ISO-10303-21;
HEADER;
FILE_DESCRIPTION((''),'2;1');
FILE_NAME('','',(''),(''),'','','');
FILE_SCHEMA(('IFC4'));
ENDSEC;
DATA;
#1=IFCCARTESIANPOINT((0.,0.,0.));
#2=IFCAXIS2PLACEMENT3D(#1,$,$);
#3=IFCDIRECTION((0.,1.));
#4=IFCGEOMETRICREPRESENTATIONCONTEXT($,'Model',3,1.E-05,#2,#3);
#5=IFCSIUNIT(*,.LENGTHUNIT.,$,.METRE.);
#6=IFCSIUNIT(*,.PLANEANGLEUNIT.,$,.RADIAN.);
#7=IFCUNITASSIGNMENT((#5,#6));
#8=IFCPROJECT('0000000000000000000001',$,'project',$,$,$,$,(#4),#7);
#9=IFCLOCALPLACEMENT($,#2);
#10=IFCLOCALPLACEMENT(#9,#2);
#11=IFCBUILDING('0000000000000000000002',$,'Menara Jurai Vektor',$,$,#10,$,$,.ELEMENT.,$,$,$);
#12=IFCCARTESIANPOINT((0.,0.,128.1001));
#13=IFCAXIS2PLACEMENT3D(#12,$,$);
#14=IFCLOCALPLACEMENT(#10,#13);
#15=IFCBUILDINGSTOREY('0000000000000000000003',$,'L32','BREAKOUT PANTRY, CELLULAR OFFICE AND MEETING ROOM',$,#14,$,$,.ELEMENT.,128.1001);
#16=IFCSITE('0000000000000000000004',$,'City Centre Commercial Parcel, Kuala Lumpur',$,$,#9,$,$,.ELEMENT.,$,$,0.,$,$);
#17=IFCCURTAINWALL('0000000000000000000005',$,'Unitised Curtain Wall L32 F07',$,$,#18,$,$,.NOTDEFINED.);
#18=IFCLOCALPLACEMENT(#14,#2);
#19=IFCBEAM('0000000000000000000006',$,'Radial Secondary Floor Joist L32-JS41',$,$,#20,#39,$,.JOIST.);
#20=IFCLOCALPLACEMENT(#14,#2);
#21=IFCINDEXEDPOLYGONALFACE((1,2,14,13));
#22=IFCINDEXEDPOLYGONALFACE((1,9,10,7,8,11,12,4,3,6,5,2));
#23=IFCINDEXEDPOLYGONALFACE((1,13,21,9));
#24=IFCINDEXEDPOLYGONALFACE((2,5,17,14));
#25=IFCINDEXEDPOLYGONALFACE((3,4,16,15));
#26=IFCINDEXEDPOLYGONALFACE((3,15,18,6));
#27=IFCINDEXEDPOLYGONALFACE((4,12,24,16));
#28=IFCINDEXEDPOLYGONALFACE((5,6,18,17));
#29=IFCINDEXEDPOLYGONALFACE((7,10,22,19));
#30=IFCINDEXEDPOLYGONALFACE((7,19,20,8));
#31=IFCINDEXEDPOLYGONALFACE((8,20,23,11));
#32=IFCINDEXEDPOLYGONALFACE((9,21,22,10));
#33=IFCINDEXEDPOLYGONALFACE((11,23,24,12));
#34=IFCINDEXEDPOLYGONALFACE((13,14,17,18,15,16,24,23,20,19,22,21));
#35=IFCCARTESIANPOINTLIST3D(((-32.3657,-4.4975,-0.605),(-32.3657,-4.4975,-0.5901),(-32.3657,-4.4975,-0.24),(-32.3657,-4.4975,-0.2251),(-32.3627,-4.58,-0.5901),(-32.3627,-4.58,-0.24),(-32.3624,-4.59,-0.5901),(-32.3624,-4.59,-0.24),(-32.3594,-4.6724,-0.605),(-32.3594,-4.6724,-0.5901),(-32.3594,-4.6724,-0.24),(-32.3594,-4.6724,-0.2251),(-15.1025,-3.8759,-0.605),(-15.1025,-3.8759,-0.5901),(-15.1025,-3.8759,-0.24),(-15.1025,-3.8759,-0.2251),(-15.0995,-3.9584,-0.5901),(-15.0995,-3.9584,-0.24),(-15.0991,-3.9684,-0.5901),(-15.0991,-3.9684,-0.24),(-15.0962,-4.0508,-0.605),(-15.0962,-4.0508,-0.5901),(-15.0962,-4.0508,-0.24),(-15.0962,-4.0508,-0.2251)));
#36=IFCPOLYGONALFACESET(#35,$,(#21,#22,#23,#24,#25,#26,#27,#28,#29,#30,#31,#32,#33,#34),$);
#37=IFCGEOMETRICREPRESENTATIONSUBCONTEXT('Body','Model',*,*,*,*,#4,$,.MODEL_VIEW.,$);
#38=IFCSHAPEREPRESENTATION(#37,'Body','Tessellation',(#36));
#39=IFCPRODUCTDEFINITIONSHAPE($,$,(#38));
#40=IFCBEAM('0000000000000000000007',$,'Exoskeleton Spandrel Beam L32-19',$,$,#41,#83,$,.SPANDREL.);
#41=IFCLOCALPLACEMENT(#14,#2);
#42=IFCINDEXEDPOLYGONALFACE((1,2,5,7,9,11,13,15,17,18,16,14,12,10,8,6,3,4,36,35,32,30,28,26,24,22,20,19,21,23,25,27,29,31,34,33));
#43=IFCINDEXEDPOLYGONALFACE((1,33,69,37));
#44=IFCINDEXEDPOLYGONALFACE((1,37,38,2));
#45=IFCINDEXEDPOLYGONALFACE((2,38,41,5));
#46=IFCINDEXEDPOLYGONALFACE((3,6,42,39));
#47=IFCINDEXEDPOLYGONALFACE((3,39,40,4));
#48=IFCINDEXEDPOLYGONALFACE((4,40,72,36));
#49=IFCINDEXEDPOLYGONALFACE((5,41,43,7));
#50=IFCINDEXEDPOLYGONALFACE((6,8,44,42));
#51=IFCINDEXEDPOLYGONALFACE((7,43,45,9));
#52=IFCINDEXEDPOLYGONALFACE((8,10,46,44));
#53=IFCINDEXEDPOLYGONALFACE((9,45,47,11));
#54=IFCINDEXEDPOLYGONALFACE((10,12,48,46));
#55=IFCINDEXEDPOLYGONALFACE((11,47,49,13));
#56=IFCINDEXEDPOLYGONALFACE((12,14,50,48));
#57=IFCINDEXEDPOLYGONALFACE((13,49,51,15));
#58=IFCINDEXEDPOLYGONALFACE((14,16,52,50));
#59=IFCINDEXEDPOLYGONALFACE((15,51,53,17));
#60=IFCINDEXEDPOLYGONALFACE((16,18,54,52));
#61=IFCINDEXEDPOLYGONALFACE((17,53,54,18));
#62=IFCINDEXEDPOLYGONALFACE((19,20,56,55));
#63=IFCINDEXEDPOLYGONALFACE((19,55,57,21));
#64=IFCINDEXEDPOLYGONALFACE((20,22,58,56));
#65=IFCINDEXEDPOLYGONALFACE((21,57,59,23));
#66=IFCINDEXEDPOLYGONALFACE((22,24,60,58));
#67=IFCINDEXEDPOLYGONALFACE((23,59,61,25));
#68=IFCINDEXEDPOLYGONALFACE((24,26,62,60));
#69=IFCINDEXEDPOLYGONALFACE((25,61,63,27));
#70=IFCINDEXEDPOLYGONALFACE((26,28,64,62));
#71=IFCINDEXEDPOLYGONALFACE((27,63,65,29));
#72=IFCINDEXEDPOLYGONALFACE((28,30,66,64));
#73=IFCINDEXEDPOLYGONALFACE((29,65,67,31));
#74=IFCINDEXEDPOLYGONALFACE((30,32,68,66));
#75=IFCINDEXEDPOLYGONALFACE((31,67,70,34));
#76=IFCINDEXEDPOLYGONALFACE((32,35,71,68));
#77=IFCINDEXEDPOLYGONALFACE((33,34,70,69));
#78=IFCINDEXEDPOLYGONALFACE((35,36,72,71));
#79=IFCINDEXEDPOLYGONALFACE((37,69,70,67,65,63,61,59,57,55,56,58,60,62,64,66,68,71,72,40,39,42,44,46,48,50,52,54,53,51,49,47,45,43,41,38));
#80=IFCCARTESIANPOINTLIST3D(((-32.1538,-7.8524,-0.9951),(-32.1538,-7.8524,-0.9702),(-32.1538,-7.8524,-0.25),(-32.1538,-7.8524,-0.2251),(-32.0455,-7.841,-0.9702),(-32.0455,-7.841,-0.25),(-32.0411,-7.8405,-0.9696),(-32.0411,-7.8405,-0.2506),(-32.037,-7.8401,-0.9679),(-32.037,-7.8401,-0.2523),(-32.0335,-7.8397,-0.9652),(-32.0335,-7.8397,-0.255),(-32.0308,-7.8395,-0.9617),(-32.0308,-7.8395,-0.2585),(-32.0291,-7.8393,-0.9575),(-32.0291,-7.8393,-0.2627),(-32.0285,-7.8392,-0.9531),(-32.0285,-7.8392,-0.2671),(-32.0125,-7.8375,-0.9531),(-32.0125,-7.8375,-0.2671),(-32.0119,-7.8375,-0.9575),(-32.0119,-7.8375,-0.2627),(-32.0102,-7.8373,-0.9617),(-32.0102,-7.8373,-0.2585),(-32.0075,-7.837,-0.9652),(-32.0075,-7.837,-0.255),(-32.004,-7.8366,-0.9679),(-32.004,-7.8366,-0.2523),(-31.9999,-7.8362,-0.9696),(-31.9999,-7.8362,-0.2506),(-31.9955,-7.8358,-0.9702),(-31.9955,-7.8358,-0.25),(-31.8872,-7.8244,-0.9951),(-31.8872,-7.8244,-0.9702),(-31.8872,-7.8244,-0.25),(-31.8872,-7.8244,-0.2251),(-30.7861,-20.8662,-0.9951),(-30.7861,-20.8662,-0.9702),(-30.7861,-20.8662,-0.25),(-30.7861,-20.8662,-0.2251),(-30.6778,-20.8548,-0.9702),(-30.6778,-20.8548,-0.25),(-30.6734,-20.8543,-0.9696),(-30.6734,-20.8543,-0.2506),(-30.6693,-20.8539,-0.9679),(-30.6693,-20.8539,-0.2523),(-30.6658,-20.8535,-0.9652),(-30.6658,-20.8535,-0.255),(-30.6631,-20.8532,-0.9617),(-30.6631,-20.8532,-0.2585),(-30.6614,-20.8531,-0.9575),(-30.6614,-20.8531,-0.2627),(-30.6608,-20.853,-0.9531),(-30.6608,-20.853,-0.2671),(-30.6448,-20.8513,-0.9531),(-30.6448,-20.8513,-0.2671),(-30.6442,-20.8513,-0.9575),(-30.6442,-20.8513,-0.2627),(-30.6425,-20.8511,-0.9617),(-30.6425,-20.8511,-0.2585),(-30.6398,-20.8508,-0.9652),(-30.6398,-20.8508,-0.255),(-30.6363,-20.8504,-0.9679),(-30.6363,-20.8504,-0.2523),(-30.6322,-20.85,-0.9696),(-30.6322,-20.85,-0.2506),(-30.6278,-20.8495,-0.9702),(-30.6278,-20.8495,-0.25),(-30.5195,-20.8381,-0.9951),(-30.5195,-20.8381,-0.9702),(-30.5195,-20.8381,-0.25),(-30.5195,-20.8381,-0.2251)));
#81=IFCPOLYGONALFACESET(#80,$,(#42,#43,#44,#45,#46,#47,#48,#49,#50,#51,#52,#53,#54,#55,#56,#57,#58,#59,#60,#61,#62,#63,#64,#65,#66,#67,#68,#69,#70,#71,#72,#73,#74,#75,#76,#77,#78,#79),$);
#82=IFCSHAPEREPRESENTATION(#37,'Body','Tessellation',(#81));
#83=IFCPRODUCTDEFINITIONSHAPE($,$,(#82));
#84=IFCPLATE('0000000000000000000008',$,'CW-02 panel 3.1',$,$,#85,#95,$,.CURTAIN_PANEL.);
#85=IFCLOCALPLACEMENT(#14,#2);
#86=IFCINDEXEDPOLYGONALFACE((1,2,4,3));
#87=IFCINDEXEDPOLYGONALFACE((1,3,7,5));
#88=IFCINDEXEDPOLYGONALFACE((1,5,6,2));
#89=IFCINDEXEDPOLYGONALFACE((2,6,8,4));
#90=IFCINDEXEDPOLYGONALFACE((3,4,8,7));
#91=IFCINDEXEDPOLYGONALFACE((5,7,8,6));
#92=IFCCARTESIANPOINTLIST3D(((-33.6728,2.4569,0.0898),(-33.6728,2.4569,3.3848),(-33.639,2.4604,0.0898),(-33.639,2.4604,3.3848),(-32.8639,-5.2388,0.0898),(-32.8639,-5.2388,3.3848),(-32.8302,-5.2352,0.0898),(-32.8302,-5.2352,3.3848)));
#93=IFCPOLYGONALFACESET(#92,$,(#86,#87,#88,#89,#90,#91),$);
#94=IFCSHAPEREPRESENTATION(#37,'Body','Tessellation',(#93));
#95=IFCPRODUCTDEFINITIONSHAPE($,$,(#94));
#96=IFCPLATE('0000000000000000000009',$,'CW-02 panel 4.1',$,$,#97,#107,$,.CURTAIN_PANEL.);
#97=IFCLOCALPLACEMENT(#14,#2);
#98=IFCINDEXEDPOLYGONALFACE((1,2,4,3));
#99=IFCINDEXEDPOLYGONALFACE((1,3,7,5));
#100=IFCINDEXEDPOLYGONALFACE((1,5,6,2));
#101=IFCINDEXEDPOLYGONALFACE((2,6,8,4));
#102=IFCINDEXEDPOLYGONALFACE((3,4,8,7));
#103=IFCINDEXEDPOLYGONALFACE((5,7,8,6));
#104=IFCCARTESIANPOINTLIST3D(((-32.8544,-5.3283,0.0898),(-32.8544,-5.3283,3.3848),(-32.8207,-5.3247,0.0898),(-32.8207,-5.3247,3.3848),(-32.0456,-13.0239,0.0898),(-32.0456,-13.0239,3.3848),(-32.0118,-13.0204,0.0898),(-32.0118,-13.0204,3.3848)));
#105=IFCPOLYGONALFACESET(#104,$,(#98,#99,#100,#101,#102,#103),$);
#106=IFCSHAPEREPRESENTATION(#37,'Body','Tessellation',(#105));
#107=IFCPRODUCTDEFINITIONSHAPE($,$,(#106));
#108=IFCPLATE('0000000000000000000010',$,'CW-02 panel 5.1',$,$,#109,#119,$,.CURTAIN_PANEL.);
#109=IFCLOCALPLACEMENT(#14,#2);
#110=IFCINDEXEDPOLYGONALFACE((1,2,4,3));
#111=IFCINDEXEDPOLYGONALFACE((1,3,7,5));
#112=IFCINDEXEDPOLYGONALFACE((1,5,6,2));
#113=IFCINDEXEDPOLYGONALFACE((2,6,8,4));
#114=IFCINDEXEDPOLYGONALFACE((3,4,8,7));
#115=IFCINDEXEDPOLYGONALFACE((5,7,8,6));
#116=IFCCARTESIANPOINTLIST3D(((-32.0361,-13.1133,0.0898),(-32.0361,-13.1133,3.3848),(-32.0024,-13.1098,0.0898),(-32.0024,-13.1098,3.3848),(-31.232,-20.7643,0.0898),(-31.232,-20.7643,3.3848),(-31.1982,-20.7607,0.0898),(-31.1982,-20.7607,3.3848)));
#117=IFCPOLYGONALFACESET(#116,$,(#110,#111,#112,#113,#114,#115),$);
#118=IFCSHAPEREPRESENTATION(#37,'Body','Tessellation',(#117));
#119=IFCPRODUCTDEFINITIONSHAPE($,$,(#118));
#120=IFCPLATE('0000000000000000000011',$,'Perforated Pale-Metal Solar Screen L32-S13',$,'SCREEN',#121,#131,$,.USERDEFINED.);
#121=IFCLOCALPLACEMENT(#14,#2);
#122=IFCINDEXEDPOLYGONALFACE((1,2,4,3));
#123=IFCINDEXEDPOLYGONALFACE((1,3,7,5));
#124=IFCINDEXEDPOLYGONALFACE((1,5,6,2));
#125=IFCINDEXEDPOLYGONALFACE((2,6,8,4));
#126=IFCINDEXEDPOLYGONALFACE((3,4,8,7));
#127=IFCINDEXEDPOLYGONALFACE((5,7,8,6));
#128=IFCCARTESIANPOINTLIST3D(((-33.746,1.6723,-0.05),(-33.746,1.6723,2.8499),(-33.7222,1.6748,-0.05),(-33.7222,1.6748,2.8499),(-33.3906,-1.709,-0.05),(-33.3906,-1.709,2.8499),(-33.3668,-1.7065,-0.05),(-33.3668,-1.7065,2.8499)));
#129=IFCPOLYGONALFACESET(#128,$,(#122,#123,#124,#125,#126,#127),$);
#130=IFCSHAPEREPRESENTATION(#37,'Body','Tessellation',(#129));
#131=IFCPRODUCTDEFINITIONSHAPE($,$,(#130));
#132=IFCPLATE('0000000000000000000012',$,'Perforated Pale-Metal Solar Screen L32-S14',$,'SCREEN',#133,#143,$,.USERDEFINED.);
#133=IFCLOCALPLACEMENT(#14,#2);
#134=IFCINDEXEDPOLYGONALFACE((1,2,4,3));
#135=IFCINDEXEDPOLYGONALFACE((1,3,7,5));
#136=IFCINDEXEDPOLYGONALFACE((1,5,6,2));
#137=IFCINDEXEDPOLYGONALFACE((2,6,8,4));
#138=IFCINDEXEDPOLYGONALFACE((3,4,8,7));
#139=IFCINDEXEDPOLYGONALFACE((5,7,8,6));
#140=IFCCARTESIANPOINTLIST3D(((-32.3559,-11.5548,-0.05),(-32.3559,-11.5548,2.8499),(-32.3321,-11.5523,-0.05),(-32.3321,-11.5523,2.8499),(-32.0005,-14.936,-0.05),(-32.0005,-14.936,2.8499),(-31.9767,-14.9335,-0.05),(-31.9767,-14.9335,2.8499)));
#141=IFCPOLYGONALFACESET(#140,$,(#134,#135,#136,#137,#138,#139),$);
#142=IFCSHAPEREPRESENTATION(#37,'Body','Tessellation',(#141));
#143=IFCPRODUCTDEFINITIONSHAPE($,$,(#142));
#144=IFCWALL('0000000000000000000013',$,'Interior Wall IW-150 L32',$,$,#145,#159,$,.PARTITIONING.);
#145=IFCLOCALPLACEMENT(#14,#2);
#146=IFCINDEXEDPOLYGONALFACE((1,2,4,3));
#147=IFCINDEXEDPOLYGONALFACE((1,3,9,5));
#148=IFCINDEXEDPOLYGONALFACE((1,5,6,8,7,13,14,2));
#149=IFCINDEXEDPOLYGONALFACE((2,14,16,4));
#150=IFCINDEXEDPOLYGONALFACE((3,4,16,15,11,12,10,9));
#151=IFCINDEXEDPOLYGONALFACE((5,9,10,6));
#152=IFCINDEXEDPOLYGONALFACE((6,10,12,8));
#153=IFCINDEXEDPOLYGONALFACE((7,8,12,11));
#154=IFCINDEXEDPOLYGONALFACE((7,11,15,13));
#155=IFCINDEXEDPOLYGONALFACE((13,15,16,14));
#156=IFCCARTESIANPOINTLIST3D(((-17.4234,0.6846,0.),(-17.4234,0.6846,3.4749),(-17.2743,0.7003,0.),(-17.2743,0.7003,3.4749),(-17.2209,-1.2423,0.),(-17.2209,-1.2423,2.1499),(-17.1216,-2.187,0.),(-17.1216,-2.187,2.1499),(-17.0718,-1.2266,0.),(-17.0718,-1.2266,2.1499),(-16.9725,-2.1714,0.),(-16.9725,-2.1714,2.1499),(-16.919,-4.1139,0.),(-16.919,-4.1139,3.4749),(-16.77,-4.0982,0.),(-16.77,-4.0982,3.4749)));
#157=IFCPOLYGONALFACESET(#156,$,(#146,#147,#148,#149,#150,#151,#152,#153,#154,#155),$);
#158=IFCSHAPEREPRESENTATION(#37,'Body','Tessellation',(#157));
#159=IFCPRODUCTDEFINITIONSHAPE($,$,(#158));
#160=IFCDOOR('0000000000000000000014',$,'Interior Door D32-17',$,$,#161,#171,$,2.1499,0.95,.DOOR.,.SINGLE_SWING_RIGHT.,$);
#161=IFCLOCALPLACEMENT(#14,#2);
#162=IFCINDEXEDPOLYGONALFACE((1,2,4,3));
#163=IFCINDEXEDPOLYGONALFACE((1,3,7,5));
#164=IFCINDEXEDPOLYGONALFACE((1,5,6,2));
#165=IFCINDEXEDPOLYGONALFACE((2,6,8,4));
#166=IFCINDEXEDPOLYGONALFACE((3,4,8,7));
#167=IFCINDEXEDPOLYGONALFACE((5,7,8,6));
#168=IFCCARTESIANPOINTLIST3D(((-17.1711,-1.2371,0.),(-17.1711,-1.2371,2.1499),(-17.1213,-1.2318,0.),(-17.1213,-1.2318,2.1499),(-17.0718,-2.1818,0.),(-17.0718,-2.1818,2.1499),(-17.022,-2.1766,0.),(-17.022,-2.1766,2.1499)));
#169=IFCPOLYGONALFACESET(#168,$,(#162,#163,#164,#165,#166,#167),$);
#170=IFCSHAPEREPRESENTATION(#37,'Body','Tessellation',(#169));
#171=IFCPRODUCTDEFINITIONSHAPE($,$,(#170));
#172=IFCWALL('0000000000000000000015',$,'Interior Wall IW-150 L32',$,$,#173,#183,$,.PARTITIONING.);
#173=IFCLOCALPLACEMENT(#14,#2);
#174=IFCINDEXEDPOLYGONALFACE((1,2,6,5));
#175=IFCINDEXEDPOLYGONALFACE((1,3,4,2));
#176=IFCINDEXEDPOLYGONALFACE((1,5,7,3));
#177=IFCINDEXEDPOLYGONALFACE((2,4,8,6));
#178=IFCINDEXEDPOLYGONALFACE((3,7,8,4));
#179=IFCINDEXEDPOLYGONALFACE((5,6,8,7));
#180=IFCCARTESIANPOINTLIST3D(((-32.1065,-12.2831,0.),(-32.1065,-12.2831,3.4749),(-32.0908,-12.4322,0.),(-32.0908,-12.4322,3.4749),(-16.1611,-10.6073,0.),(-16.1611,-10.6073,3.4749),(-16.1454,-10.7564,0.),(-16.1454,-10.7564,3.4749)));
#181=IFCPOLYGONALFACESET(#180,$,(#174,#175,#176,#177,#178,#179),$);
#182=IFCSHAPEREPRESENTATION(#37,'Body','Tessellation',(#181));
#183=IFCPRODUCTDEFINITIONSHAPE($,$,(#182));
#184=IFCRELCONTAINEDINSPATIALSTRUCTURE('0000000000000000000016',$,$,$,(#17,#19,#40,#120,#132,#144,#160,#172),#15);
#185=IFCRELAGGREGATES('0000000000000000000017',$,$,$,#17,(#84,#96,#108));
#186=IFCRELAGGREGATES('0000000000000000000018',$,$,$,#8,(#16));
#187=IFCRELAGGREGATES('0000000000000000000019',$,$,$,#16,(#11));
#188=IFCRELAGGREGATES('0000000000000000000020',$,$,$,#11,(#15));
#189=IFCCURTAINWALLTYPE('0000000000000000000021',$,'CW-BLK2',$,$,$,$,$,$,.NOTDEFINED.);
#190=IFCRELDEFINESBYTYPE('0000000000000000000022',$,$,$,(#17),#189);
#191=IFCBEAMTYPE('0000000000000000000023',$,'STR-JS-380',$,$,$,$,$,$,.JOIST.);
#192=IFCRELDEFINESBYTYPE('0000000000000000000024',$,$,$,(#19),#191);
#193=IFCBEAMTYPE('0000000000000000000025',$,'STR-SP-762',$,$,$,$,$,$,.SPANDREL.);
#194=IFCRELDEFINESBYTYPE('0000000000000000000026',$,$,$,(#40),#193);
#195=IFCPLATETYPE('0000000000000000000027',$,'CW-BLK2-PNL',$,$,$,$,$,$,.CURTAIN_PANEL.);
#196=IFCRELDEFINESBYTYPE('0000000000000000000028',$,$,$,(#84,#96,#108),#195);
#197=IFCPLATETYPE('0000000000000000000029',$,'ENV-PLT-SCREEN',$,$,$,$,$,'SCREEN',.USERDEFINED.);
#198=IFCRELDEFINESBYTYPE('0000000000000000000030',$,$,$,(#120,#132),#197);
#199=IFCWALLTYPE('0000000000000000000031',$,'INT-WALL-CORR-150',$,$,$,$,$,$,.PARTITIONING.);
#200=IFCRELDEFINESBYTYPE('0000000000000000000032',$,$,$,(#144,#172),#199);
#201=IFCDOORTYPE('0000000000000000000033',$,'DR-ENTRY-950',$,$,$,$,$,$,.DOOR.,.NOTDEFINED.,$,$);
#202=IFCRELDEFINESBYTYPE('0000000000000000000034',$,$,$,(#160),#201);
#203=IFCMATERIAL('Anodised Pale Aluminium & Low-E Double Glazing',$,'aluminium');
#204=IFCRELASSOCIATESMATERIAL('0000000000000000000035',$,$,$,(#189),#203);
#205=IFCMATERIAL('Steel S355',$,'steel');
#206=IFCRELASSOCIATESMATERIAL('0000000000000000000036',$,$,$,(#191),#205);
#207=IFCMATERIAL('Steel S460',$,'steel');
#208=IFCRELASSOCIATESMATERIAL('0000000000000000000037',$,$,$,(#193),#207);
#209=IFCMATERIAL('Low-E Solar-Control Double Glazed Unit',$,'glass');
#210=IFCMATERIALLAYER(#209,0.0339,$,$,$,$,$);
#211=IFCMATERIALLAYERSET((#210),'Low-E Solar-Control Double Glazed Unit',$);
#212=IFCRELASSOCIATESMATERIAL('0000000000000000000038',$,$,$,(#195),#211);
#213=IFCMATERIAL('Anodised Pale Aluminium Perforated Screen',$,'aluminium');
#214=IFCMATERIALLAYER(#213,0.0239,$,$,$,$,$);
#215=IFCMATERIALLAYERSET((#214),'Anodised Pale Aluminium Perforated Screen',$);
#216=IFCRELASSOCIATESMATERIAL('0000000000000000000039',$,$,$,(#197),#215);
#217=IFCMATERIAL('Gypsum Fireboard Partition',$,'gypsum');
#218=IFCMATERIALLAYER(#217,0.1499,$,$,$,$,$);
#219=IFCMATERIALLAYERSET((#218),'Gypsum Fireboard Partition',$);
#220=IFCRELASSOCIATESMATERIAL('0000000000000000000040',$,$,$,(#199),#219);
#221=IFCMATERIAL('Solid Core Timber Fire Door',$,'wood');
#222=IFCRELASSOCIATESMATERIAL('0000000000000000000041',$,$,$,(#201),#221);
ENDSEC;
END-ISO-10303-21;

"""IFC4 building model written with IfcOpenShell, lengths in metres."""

from ifc_helpers import new_model, si_unit, direction, frame, frame_2d, origin, origin_2d, place, context, subcontext, project, spatial, rectangle, i_section, extrude, material, layer, layer_set, material_profile, profile_set, type_object, element, fill, aggregate, save


model = new_model("IFC4")

# Units and contexts
model_context = context("Model", 3, precision=1e-05, world=origin(), true_north=direction((0.0, 1.0)))
body_context = subcontext(model_context, "Body", "Model", "MODEL_VIEW")
ifc_project = project(units=[si_unit("LENGTHUNIT", "METRE"), si_unit("PLANEANGLEUNIT", "RADIAN")], contexts=[model_context])

# Site, building, storey
site_placement = place(None, origin())
site = spatial("IfcSite", under=ifc_project, at=site_placement, Name="City Centre Commercial Parcel, Kuala Lumpur", CompositionType="ELEMENT", RefElevation=0.0)
building_placement = place(site_placement, origin())
building = spatial("IfcBuilding", under=site, at=building_placement, Name="Menara Jurai Vektor", CompositionType="ELEMENT")
storey_placement = place(building_placement, frame((0.0, 0.0, 128.1001)))
storey = spatial("IfcBuildingStorey", under=building, at=storey_placement, Name="L32", Description="BREAKOUT PANTRY, CELLULAR OFFICE AND MEETING ROOM", CompositionType="ELEMENT", Elevation=128.1001)

# Shared definitions
ifc_material_1 = material(Name="Steel S460", Category="steel")

# Curtain wall
ifc_material_2 = material(Name="Anodised Pale Aluminium & Low-E Double Glazing", Category="aluminium")
curtain_wall_type = type_object("IfcCurtainWallType", Name="CW-BLK2", PredefinedType="NOTDEFINED", material=ifc_material_2)
curtain_wall_placement = place(storey_placement, origin())
curtain_wall = element("IfcCurtainWall", 1, at=curtain_wall_placement, inside=storey, type_object=curtain_wall_type, Name="Unitised Curtain Wall L32 F07", PredefinedType="NOTDEFINED")

# Beams
ifc_material_3 = material(Name="Steel S355", Category="steel")
ifc_material_profile_1 = material_profile(ifc_material_3, i_section(OverallWidth=0.175, OverallDepth=0.3799, WebThickness=0.01, FlangeThickness=0.0149, at=origin_2d()), Name="PG 380x175x58")
ifc_profile_set_1 = profile_set([ifc_material_profile_1], Name="Steel S355")
beam_type_1 = type_object("IfcBeamType", Name="STR-JS-380", PredefinedType="JOIST", material=ifc_profile_set_1)
beam_1_placement = place(storey_placement, frame((-32.3625, -4.585, -0.415), z_axis=(0.999352, 0.035983, 0.0), x_axis=(-0.035983, 0.999352, 0.0)))
element("IfcBeam", 2, at=beam_1_placement, inside=storey, type_object=beam_type_1, Name="Radial Secondary Floor Joist L32-JS41", PredefinedType="JOIST", context=body_context, shape_type="SweptSolid", body=[
    extrude(i_section(OverallWidth=0.175, OverallDepth=0.3799, WebThickness=0.01, FlangeThickness=0.0149, at=origin_2d()), origin(), (0.0, 0.0, 1.0), 17.2744),
])
ifc_material_profile_2 = material_profile(ifc_material_1, i_section(OverallWidth=0.2681, OverallDepth=0.77, WebThickness=0.0161, FlangeThickness=0.0249, FilletRadius=0.0171, at=origin_2d()), Name="UKB 762x267x197")
ifc_profile_set_2 = profile_set([ifc_material_profile_2], Name="Steel S460")
beam_type_2 = type_object("IfcBeamType", Name="STR-SP-762", PredefinedType="SPANDREL", material=ifc_profile_set_2)
beam_2_placement = place(storey_placement, frame((-32.0205, -7.8384, -0.6101), z_axis=(0.10452, -0.994523, 0.0), x_axis=(0.994523, 0.10452, 0.0)))
element("IfcBeam", 3, at=beam_2_placement, inside=storey, type_object=beam_type_2, Name="Exoskeleton Spandrel Beam L32-19", PredefinedType="SPANDREL", context=body_context, shape_type="SweptSolid", body=[
    extrude(i_section(OverallWidth=0.2681, OverallDepth=0.77, WebThickness=0.0161, FlangeThickness=0.0249, FilletRadius=0.0171, at=origin_2d()), origin(), (0.0, 0.0, 1.0), 13.0854),
])

# Plates
ifc_material_4 = material(Name="Low-E Solar-Control Double Glazed Unit", Category="glass")
ifc_layer_1 = layer(ifc_material_4, 0.0339)
ifc_layer_set_1 = layer_set([ifc_layer_1], Name="Low-E Solar-Control Double Glazed Unit")
plate_type_1 = type_object("IfcPlateType", Name="CW-BLK2-PNL", PredefinedType="CURTAIN_PANEL", material=ifc_layer_set_1)
plate_1_placement = place(storey_placement, frame((-33.2515, -1.3892, 0.0898), z_axis=(0.0, 0.0, 1.0), x_axis=(0.10453, -0.994522, 0.0)))
plate_1 = element("IfcPlate", 4, at=plate_1_placement, type_object=plate_type_1, Name="CW-02 panel 3.1", PredefinedType="CURTAIN_PANEL", context=body_context, shape_type="SweptSolid", body=[
    extrude(rectangle(XDim=7.738, YDim=0.0339, at=origin_2d()), origin(), (0.0, 0.0, 1.0), 3.2949),
])
plate_2_placement = place(storey_placement, frame((-32.4331, -9.1743, 0.0898), z_axis=(0.0, 0.0, 1.0), x_axis=(0.10453, -0.994522, 0.0)))
plate_2 = element("IfcPlate", 5, at=plate_2_placement, type_object=plate_type_1, Name="CW-02 panel 4.1", PredefinedType="CURTAIN_PANEL", context=body_context, shape_type="SweptSolid", body=[
    extrude(rectangle(XDim=7.738, YDim=0.0339, at=origin_2d()), origin(), (0.0, 0.0, 1.0), 3.2949),
])
plate_3_placement = place(storey_placement, frame((-31.6172, -16.937, 0.0898), z_axis=(0.0, 0.0, 1.0), x_axis=(0.10453, -0.994522, 0.0)))
plate_3 = element("IfcPlate", 6, at=plate_3_placement, type_object=plate_type_1, Name="CW-02 panel 5.1", PredefinedType="CURTAIN_PANEL", context=body_context, shape_type="SweptSolid", body=[
    extrude(rectangle(XDim=7.6931, YDim=0.0339, at=origin_2d()), origin(), (0.0, 0.0, 1.0), 3.2949),
])
aggregate(curtain_wall, [plate_1, plate_2, plate_3])

# Plates
ifc_material_5 = material(Name="Anodised Pale Aluminium Perforated Screen", Category="aluminium")
ifc_layer_2 = layer(ifc_material_5, 0.0239)
ifc_layer_set_2 = layer_set([ifc_layer_2], Name="Anodised Pale Aluminium Perforated Screen")
plate_type_2 = type_object("IfcPlateType", Name="ENV-PLT-SCREEN", ElementType="SCREEN", PredefinedType="USERDEFINED", material=ifc_layer_set_2)
for number, where, z_axis, x_axis, name in (
    (7, (-33.5564, -0.0171, -0.05), (0.0, 0.0, 1.0), (0.104528, -0.994522, 0.0), "Perforated Pale-Metal Solar Screen L32-S13"),
    (8, (-32.1663, -13.2441, -0.05), (0.0, 0.0, 1.0), (0.104528, -0.994522, 0.0), "Perforated Pale-Metal Solar Screen L32-S14"),
):
    element("IfcPlate", number, at=place(storey_placement, frame(where, z_axis=z_axis, x_axis=x_axis)), inside=storey, type_object=plate_type_2, Name=name, ObjectType="SCREEN", PredefinedType="USERDEFINED", context=body_context, shape_type="SweptSolid", body=[
        extrude(rectangle(XDim=3.3999, YDim=0.0239, at=origin_2d()), origin(), (0.0, 0.0, 1.0), 2.8999),
    ])

# Wall, opening, door
ifc_material_6 = material(Name="Gypsum Fireboard Partition", Category="gypsum")
ifc_layer_3 = layer(ifc_material_6, 0.1499)
ifc_layer_set_3 = layer_set([ifc_layer_3], Name="Gypsum Fireboard Partition")
wall_type_1 = type_object("IfcWallType", Name="INT-WALL-CORR-150", PredefinedType="PARTITIONING", material=ifc_layer_set_3)
ifc_material_7 = material(Name="Solid Core Timber Fire Door", Category="wood")
door_type = type_object("IfcDoorType", Name="DR-ENTRY-950", OperationType="NOTDEFINED", PredefinedType="DOOR", material=ifc_material_7)
wall_1_placement = place(storey_placement, frame((-16.8445, -4.1062, 0.0), z_axis=(0.0, 0.0, 1.0), x_axis=(-0.104537, 0.994521, 0.0)))
wall_1 = element("IfcWall", 9, at=wall_1_placement, inside=storey, type_object=wall_type_1, Name="Interior Wall IW-150 L32", PredefinedType="PARTITIONING", context=body_context, shape_type="SweptSolid", body=[
    extrude(rectangle(XDim=4.825, YDim=0.1499, at=frame_2d((2.4126, 0.0))), origin(), (0.0, 0.0, 1.0), 3.4749),
])
opening_1_placement = place(wall_1_placement, frame((1.9375, 0.0, 0.0)))
opening_1 = element("IfcOpeningElement", 10, at=opening_1_placement, cuts=wall_1, PredefinedType="OPENING", context=body_context, shape_type="SweptSolid", body=[
    extrude(rectangle(XDim=0.95, YDim=2.1499, at=frame_2d((0.4751, 1.075))), frame((0.0, 0.085, 0.0), z_axis=(0.0, -1.0, 0.0), x_axis=(1.0, 0.0, 0.0)), (0.0, 0.0, 1.0), 0.1699),
])
door_1_placement = place(opening_1_placement, origin())
door_1 = element("IfcDoor", 11, at=door_1_placement, inside=storey, type_object=door_type, Name="Interior Door D32-17", OperationType="SINGLE_SWING_RIGHT", OverallHeight=2.1499, OverallWidth=0.95, PredefinedType="DOOR", context=body_context, shape_type="SweptSolid", body=[
    extrude(rectangle(XDim=0.95, YDim=2.1499, at=frame_2d((0.4751, 1.075))), frame((0.0, 0.0249, 0.0), z_axis=(0.0, -1.0, 0.0), x_axis=(1.0, 0.0, 0.0)), (0.0, 0.0, 1.0), 0.05),
])
fill(opening_1, door_1)

# Wall
wall_2_placement = place(storey_placement, frame((-32.0986, -12.3577, 0.0), z_axis=(0.0, 0.0, 1.0), x_axis=(0.994523, 0.10452, 0.0)))
element("IfcWall", 12, at=wall_2_placement, inside=storey, type_object=wall_type_1, Name="Interior Wall IW-150 L32", PredefinedType="PARTITIONING", context=body_context, shape_type="SweptSolid", body=[
    extrude(rectangle(XDim=16.0332, YDim=0.1499, at=frame_2d((8.0166, 0.0))), origin(), (0.0, 0.0, 1.0), 3.4749),
])

save(model, "model.ifc")
